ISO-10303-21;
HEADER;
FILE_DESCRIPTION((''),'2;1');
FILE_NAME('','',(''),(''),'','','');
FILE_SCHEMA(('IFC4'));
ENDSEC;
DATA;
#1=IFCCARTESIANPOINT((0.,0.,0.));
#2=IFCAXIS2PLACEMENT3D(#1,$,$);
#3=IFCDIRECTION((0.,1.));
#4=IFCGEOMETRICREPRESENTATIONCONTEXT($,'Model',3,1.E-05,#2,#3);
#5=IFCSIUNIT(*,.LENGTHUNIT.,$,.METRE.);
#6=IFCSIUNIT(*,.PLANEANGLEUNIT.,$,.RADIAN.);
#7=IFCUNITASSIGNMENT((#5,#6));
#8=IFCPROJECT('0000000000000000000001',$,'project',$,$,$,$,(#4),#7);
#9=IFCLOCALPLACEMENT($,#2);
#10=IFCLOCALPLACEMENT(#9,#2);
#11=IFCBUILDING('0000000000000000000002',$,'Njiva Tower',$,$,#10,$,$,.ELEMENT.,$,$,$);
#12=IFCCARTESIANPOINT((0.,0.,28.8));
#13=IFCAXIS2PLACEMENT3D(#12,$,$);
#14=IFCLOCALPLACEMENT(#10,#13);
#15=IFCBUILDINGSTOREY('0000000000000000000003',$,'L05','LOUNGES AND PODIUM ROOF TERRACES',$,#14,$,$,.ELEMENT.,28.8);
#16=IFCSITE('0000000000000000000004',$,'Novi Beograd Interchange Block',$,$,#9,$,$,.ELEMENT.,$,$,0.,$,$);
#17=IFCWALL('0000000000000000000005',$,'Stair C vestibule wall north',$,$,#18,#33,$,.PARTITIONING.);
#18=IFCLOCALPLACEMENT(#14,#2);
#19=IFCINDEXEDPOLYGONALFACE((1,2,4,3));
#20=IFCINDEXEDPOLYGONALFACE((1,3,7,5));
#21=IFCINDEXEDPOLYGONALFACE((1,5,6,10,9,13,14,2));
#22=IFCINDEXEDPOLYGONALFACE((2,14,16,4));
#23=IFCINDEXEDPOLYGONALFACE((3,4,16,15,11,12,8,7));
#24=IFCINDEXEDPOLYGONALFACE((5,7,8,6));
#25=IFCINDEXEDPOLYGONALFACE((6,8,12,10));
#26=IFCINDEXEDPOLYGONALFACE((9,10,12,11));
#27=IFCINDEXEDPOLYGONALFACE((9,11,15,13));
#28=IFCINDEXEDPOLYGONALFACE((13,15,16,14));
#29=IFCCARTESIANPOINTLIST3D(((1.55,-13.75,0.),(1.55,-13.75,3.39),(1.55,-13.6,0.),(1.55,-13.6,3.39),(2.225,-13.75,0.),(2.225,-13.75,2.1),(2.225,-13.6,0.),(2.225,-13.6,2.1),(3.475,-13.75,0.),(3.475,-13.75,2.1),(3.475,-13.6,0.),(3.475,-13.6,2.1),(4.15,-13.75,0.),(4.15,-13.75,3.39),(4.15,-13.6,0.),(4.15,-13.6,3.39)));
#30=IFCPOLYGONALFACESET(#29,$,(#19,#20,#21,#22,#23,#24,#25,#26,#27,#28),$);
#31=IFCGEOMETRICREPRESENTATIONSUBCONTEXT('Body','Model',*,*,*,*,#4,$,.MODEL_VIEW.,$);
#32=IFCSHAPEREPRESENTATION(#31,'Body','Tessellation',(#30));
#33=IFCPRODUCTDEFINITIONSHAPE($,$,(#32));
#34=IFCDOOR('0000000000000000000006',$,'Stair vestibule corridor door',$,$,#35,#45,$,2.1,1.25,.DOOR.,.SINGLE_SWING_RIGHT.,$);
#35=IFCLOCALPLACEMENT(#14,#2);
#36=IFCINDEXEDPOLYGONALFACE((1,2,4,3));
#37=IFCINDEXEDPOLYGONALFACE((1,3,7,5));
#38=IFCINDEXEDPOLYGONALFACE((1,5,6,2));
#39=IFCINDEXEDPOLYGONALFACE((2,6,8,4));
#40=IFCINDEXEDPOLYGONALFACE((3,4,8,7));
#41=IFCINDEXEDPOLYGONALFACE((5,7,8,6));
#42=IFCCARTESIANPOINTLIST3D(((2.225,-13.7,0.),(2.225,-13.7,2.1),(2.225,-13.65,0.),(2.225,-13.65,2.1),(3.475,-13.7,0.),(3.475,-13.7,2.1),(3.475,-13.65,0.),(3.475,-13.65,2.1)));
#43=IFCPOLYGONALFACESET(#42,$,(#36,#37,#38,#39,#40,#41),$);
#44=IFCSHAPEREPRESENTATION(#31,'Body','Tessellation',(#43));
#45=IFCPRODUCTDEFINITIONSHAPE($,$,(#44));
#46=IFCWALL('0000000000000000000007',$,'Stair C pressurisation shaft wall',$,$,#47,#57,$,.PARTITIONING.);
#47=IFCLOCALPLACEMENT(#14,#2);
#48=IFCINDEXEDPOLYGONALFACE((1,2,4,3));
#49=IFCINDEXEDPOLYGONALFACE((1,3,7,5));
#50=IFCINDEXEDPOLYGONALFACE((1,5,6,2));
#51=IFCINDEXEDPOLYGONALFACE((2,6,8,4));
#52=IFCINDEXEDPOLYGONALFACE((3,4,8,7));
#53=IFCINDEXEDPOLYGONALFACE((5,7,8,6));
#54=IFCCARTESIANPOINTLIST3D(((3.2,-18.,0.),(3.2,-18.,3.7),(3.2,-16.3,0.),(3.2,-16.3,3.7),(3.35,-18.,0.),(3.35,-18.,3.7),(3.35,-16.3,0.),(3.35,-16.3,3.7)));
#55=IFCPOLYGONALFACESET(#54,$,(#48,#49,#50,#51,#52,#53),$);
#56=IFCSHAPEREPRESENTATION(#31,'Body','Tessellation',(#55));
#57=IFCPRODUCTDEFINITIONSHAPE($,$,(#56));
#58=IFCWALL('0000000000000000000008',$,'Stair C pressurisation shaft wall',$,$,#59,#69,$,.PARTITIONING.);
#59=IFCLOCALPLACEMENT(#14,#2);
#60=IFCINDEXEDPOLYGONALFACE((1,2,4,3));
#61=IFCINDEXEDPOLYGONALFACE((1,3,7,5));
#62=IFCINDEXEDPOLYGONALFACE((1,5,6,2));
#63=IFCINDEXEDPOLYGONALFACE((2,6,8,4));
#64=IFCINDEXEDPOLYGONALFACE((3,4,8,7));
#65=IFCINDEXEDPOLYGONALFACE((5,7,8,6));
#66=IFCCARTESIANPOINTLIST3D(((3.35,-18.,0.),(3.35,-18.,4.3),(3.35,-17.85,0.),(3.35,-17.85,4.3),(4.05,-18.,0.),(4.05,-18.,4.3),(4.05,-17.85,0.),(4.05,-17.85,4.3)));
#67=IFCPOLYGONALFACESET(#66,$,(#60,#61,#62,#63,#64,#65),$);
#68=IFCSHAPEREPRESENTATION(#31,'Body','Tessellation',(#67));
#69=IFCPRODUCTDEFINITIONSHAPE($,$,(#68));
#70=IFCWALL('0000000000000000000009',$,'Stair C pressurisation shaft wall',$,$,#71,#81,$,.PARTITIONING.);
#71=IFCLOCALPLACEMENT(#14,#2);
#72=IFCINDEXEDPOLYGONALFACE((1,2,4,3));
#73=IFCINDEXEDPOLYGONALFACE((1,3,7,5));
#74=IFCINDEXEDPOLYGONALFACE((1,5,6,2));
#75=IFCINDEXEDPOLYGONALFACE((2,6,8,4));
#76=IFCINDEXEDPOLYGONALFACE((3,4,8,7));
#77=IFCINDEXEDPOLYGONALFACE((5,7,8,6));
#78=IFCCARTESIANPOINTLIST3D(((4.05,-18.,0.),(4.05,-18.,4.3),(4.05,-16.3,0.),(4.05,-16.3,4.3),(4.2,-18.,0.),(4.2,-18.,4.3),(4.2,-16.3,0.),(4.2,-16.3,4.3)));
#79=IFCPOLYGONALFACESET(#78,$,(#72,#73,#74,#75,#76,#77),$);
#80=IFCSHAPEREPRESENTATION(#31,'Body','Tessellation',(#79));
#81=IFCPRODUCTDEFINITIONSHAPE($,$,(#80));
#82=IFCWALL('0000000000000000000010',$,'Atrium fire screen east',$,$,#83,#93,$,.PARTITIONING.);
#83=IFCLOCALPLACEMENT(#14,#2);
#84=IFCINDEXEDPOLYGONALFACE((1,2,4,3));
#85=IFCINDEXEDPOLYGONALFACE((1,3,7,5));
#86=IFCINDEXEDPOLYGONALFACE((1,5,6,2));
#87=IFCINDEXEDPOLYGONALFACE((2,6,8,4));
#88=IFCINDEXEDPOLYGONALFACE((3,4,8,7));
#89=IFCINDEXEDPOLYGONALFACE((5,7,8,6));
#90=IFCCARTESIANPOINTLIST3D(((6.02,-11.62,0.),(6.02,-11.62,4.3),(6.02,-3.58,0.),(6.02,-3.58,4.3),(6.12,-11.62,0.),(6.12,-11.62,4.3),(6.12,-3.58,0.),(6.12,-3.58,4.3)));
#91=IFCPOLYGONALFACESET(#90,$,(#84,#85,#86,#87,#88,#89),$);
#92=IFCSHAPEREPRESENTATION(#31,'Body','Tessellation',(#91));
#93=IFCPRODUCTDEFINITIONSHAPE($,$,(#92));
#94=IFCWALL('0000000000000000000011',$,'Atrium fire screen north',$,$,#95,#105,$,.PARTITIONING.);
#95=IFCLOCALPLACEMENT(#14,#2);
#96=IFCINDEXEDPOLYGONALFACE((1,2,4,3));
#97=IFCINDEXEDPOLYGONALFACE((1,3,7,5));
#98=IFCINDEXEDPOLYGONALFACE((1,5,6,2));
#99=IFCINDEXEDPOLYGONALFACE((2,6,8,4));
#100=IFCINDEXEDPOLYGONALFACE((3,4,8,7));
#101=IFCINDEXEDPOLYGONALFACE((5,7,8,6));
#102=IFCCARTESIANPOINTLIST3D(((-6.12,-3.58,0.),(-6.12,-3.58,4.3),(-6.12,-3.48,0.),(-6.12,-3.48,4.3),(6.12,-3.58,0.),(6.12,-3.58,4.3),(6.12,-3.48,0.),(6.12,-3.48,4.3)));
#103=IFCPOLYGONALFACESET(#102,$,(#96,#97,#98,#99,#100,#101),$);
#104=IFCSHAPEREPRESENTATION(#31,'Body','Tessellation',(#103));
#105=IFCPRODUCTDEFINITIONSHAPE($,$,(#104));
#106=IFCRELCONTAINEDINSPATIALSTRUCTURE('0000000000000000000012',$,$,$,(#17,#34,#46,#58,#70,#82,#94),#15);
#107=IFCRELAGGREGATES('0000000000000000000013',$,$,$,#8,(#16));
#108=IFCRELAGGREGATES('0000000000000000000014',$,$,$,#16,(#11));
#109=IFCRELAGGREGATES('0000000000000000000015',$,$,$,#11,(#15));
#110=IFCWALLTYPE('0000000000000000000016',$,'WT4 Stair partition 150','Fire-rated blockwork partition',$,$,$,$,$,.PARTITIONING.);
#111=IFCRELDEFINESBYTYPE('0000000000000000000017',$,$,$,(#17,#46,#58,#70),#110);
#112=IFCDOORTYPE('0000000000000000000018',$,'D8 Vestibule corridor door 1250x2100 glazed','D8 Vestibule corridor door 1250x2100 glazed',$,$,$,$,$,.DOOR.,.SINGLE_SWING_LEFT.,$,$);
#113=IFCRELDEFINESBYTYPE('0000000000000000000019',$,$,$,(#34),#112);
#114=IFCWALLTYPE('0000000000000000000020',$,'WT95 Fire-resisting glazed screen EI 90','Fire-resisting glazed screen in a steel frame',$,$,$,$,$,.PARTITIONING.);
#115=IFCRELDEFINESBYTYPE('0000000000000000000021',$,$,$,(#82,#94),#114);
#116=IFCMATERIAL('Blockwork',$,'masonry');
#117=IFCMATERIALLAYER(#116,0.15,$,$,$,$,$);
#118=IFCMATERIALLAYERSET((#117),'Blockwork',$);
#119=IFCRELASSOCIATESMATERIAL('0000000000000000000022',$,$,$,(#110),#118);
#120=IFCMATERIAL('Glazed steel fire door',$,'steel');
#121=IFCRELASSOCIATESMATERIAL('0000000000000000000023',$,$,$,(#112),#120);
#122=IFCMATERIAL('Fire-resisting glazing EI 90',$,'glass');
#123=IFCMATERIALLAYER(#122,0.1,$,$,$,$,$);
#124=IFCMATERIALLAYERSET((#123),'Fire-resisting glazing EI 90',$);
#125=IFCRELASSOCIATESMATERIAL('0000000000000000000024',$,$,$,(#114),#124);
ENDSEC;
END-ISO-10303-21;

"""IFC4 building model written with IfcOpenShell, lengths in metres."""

from ifc_helpers import new_model, si_unit, direction, frame, frame_2d, origin, place, context, subcontext, project, spatial, rectangle, extrude, material, layer, layer_set, type_object, element, fill, save


model = new_model("IFC4")

# Units and contexts
model_context = context("Model", 3, precision=1e-05, world=origin(), true_north=direction((0.0, 1.0)))
body_context = subcontext(model_context, "Body", "Model", "MODEL_VIEW")
ifc_project = project(units=[si_unit("LENGTHUNIT", "METRE"), si_unit("PLANEANGLEUNIT", "RADIAN")], contexts=[model_context])

# Site, building, storey
site_placement = place(None, origin())
site = spatial("IfcSite", under=ifc_project, at=site_placement, Name="Novi Beograd Interchange Block", CompositionType="ELEMENT", RefElevation=0.0)
building_placement = place(site_placement, origin())
building = spatial("IfcBuilding", under=site, at=building_placement, Name="Njiva Tower", CompositionType="ELEMENT")
storey_placement = place(building_placement, frame((0.0, 0.0, 28.8)))
storey = spatial("IfcBuildingStorey", under=building, at=storey_placement, Name="L05", Description="LOUNGES AND PODIUM ROOF TERRACES", CompositionType="ELEMENT", Elevation=28.8)

# Shared definitions
ifc_material_1 = material(Name="Blockwork", Category="masonry")
ifc_layer_1 = layer(ifc_material_1, 0.15)
ifc_layer_set_1 = layer_set([ifc_layer_1], Name="Blockwork")
wall_type_1 = type_object("IfcWallType", Name="WT4 Stair partition 150", Description="Fire-rated blockwork partition", PredefinedType="PARTITIONING", material=ifc_layer_set_1)

# Wall, opening, door
wall_1_placement = place(storey_placement, frame((1.55, -13.675, 0.0), z_axis=(0.0, 0.0, 1.0), x_axis=(1.0, 0.0, 0.0)))
wall_1 = element("IfcWall", 1, at=wall_1_placement, inside=storey, type_object=wall_type_1, Name="Stair C vestibule wall north", PredefinedType="PARTITIONING", context=body_context, shape_type="SweptSolid", body=[
    extrude(rectangle(XDim=2.6, YDim=0.15, at=frame_2d((1.3, 0.0))), origin(), (0.0, 0.0, 1.0), 3.39),
])
opening_1_placement = place(wall_1_placement, frame((0.675, 0.0, 0.0)))
opening_1 = element("IfcOpeningElement", 2, at=opening_1_placement, cuts=wall_1, PredefinedType="OPENING", context=body_context, shape_type="SweptSolid", body=[
    extrude(rectangle(XDim=1.25, YDim=2.1, at=frame_2d((0.625, 1.05))), frame((0.0, 0.085, 0.0), z_axis=(0.0, -1.0, 0.0), x_axis=(1.0, 0.0, 0.0)), (0.0, 0.0, 1.0), 0.17),
])
ifc_material_2 = material(Name="Glazed steel fire door", Category="steel")
door_type_1 = type_object("IfcDoorType", Name="D8 Vestibule corridor door 1250x2100 glazed", Description="D8 Vestibule corridor door 1250x2100 glazed", OperationType="SINGLE_SWING_LEFT", PredefinedType="DOOR", material=ifc_material_2)
door_1_placement = place(opening_1_placement, origin())
door_1 = element("IfcDoor", 3, at=door_1_placement, inside=storey, type_object=door_type_1, Name="Stair vestibule corridor door", OperationType="SINGLE_SWING_RIGHT", OverallHeight=2.1, OverallWidth=1.25, PredefinedType="DOOR", context=body_context, shape_type="SweptSolid", body=[
    extrude(rectangle(XDim=1.25, YDim=2.1, at=frame_2d((0.625, 1.05))), frame((0.0, 0.025, 0.0), z_axis=(0.0, -1.0, 0.0), x_axis=(1.0, 0.0, 0.0)), (0.0, 0.0, 1.0), 0.05),
])
fill(opening_1, door_1)

# Walls
wall_2_placement = place(storey_placement, frame((3.275, -18.0, 0.0), z_axis=(0.0, 0.0, 1.0), x_axis=(0.0, 1.0, 0.0)))
element("IfcWall", 4, at=wall_2_placement, inside=storey, type_object=wall_type_1, Name="Stair C pressurisation shaft wall", PredefinedType="PARTITIONING", context=body_context, shape_type="SweptSolid", body=[
    extrude(rectangle(XDim=1.7, YDim=0.15, at=frame_2d((0.85, 0.0))), origin(), (0.0, 0.0, 1.0), 3.7),
])
wall_3_placement = place(storey_placement, frame((3.35, -17.925, 0.0), z_axis=(0.0, 0.0, 1.0), x_axis=(1.0, 0.0, 0.0)))
element("IfcWall", 5, at=wall_3_placement, inside=storey, type_object=wall_type_1, Name="Stair C pressurisation shaft wall", PredefinedType="PARTITIONING", context=body_context, shape_type="SweptSolid", body=[
    extrude(rectangle(XDim=0.7, YDim=0.15, at=frame_2d((0.35, 0.0))), origin(), (0.0, 0.0, 1.0), 4.3),
])
wall_4_placement = place(storey_placement, frame((4.125, -18.0, 0.0), z_axis=(0.0, 0.0, 1.0), x_axis=(0.0, 1.0, 0.0)))
element("IfcWall", 6, at=wall_4_placement, inside=storey, type_object=wall_type_1, Name="Stair C pressurisation shaft wall", PredefinedType="PARTITIONING", context=body_context, shape_type="SweptSolid", body=[
    extrude(rectangle(XDim=1.7, YDim=0.15, at=frame_2d((0.85, 0.0))), origin(), (0.0, 0.0, 1.0), 4.3),
])
ifc_material_3 = material(Name="Fire-resisting glazing EI 90", Category="glass")
ifc_layer_2 = layer(ifc_material_3, 0.1)
ifc_layer_set_2 = layer_set([ifc_layer_2], Name="Fire-resisting glazing EI 90")
wall_type_2 = type_object("IfcWallType", Name="WT95 Fire-resisting glazed screen EI 90", Description="Fire-resisting glazed screen in a steel frame", PredefinedType="PARTITIONING", material=ifc_layer_set_2)
wall_5_placement = place(storey_placement, frame((6.07, -11.62, 0.0), z_axis=(0.0, 0.0, 1.0), x_axis=(0.0, 1.0, 0.0)))
element("IfcWall", 7, at=wall_5_placement, inside=storey, type_object=wall_type_2, Name="Atrium fire screen east", PredefinedType="PARTITIONING", context=body_context, shape_type="SweptSolid", body=[
    extrude(rectangle(XDim=8.04, YDim=0.1, at=frame_2d((4.02, 0.0))), origin(), (0.0, 0.0, 1.0), 4.3),
])
wall_6_placement = place(storey_placement, frame((6.12, -3.53, 0.0), z_axis=(0.0, 0.0, 1.0), x_axis=(-1.0, 0.0, 0.0)))
element("IfcWall", 8, at=wall_6_placement, inside=storey, type_object=wall_type_2, Name="Atrium fire screen north", PredefinedType="PARTITIONING", context=body_context, shape_type="SweptSolid", body=[
    extrude(rectangle(XDim=12.24, YDim=0.1, at=frame_2d((6.12, 0.0))), origin(), (0.0, 0.0, 1.0), 4.3),
])

save(model, "model.ifc")
